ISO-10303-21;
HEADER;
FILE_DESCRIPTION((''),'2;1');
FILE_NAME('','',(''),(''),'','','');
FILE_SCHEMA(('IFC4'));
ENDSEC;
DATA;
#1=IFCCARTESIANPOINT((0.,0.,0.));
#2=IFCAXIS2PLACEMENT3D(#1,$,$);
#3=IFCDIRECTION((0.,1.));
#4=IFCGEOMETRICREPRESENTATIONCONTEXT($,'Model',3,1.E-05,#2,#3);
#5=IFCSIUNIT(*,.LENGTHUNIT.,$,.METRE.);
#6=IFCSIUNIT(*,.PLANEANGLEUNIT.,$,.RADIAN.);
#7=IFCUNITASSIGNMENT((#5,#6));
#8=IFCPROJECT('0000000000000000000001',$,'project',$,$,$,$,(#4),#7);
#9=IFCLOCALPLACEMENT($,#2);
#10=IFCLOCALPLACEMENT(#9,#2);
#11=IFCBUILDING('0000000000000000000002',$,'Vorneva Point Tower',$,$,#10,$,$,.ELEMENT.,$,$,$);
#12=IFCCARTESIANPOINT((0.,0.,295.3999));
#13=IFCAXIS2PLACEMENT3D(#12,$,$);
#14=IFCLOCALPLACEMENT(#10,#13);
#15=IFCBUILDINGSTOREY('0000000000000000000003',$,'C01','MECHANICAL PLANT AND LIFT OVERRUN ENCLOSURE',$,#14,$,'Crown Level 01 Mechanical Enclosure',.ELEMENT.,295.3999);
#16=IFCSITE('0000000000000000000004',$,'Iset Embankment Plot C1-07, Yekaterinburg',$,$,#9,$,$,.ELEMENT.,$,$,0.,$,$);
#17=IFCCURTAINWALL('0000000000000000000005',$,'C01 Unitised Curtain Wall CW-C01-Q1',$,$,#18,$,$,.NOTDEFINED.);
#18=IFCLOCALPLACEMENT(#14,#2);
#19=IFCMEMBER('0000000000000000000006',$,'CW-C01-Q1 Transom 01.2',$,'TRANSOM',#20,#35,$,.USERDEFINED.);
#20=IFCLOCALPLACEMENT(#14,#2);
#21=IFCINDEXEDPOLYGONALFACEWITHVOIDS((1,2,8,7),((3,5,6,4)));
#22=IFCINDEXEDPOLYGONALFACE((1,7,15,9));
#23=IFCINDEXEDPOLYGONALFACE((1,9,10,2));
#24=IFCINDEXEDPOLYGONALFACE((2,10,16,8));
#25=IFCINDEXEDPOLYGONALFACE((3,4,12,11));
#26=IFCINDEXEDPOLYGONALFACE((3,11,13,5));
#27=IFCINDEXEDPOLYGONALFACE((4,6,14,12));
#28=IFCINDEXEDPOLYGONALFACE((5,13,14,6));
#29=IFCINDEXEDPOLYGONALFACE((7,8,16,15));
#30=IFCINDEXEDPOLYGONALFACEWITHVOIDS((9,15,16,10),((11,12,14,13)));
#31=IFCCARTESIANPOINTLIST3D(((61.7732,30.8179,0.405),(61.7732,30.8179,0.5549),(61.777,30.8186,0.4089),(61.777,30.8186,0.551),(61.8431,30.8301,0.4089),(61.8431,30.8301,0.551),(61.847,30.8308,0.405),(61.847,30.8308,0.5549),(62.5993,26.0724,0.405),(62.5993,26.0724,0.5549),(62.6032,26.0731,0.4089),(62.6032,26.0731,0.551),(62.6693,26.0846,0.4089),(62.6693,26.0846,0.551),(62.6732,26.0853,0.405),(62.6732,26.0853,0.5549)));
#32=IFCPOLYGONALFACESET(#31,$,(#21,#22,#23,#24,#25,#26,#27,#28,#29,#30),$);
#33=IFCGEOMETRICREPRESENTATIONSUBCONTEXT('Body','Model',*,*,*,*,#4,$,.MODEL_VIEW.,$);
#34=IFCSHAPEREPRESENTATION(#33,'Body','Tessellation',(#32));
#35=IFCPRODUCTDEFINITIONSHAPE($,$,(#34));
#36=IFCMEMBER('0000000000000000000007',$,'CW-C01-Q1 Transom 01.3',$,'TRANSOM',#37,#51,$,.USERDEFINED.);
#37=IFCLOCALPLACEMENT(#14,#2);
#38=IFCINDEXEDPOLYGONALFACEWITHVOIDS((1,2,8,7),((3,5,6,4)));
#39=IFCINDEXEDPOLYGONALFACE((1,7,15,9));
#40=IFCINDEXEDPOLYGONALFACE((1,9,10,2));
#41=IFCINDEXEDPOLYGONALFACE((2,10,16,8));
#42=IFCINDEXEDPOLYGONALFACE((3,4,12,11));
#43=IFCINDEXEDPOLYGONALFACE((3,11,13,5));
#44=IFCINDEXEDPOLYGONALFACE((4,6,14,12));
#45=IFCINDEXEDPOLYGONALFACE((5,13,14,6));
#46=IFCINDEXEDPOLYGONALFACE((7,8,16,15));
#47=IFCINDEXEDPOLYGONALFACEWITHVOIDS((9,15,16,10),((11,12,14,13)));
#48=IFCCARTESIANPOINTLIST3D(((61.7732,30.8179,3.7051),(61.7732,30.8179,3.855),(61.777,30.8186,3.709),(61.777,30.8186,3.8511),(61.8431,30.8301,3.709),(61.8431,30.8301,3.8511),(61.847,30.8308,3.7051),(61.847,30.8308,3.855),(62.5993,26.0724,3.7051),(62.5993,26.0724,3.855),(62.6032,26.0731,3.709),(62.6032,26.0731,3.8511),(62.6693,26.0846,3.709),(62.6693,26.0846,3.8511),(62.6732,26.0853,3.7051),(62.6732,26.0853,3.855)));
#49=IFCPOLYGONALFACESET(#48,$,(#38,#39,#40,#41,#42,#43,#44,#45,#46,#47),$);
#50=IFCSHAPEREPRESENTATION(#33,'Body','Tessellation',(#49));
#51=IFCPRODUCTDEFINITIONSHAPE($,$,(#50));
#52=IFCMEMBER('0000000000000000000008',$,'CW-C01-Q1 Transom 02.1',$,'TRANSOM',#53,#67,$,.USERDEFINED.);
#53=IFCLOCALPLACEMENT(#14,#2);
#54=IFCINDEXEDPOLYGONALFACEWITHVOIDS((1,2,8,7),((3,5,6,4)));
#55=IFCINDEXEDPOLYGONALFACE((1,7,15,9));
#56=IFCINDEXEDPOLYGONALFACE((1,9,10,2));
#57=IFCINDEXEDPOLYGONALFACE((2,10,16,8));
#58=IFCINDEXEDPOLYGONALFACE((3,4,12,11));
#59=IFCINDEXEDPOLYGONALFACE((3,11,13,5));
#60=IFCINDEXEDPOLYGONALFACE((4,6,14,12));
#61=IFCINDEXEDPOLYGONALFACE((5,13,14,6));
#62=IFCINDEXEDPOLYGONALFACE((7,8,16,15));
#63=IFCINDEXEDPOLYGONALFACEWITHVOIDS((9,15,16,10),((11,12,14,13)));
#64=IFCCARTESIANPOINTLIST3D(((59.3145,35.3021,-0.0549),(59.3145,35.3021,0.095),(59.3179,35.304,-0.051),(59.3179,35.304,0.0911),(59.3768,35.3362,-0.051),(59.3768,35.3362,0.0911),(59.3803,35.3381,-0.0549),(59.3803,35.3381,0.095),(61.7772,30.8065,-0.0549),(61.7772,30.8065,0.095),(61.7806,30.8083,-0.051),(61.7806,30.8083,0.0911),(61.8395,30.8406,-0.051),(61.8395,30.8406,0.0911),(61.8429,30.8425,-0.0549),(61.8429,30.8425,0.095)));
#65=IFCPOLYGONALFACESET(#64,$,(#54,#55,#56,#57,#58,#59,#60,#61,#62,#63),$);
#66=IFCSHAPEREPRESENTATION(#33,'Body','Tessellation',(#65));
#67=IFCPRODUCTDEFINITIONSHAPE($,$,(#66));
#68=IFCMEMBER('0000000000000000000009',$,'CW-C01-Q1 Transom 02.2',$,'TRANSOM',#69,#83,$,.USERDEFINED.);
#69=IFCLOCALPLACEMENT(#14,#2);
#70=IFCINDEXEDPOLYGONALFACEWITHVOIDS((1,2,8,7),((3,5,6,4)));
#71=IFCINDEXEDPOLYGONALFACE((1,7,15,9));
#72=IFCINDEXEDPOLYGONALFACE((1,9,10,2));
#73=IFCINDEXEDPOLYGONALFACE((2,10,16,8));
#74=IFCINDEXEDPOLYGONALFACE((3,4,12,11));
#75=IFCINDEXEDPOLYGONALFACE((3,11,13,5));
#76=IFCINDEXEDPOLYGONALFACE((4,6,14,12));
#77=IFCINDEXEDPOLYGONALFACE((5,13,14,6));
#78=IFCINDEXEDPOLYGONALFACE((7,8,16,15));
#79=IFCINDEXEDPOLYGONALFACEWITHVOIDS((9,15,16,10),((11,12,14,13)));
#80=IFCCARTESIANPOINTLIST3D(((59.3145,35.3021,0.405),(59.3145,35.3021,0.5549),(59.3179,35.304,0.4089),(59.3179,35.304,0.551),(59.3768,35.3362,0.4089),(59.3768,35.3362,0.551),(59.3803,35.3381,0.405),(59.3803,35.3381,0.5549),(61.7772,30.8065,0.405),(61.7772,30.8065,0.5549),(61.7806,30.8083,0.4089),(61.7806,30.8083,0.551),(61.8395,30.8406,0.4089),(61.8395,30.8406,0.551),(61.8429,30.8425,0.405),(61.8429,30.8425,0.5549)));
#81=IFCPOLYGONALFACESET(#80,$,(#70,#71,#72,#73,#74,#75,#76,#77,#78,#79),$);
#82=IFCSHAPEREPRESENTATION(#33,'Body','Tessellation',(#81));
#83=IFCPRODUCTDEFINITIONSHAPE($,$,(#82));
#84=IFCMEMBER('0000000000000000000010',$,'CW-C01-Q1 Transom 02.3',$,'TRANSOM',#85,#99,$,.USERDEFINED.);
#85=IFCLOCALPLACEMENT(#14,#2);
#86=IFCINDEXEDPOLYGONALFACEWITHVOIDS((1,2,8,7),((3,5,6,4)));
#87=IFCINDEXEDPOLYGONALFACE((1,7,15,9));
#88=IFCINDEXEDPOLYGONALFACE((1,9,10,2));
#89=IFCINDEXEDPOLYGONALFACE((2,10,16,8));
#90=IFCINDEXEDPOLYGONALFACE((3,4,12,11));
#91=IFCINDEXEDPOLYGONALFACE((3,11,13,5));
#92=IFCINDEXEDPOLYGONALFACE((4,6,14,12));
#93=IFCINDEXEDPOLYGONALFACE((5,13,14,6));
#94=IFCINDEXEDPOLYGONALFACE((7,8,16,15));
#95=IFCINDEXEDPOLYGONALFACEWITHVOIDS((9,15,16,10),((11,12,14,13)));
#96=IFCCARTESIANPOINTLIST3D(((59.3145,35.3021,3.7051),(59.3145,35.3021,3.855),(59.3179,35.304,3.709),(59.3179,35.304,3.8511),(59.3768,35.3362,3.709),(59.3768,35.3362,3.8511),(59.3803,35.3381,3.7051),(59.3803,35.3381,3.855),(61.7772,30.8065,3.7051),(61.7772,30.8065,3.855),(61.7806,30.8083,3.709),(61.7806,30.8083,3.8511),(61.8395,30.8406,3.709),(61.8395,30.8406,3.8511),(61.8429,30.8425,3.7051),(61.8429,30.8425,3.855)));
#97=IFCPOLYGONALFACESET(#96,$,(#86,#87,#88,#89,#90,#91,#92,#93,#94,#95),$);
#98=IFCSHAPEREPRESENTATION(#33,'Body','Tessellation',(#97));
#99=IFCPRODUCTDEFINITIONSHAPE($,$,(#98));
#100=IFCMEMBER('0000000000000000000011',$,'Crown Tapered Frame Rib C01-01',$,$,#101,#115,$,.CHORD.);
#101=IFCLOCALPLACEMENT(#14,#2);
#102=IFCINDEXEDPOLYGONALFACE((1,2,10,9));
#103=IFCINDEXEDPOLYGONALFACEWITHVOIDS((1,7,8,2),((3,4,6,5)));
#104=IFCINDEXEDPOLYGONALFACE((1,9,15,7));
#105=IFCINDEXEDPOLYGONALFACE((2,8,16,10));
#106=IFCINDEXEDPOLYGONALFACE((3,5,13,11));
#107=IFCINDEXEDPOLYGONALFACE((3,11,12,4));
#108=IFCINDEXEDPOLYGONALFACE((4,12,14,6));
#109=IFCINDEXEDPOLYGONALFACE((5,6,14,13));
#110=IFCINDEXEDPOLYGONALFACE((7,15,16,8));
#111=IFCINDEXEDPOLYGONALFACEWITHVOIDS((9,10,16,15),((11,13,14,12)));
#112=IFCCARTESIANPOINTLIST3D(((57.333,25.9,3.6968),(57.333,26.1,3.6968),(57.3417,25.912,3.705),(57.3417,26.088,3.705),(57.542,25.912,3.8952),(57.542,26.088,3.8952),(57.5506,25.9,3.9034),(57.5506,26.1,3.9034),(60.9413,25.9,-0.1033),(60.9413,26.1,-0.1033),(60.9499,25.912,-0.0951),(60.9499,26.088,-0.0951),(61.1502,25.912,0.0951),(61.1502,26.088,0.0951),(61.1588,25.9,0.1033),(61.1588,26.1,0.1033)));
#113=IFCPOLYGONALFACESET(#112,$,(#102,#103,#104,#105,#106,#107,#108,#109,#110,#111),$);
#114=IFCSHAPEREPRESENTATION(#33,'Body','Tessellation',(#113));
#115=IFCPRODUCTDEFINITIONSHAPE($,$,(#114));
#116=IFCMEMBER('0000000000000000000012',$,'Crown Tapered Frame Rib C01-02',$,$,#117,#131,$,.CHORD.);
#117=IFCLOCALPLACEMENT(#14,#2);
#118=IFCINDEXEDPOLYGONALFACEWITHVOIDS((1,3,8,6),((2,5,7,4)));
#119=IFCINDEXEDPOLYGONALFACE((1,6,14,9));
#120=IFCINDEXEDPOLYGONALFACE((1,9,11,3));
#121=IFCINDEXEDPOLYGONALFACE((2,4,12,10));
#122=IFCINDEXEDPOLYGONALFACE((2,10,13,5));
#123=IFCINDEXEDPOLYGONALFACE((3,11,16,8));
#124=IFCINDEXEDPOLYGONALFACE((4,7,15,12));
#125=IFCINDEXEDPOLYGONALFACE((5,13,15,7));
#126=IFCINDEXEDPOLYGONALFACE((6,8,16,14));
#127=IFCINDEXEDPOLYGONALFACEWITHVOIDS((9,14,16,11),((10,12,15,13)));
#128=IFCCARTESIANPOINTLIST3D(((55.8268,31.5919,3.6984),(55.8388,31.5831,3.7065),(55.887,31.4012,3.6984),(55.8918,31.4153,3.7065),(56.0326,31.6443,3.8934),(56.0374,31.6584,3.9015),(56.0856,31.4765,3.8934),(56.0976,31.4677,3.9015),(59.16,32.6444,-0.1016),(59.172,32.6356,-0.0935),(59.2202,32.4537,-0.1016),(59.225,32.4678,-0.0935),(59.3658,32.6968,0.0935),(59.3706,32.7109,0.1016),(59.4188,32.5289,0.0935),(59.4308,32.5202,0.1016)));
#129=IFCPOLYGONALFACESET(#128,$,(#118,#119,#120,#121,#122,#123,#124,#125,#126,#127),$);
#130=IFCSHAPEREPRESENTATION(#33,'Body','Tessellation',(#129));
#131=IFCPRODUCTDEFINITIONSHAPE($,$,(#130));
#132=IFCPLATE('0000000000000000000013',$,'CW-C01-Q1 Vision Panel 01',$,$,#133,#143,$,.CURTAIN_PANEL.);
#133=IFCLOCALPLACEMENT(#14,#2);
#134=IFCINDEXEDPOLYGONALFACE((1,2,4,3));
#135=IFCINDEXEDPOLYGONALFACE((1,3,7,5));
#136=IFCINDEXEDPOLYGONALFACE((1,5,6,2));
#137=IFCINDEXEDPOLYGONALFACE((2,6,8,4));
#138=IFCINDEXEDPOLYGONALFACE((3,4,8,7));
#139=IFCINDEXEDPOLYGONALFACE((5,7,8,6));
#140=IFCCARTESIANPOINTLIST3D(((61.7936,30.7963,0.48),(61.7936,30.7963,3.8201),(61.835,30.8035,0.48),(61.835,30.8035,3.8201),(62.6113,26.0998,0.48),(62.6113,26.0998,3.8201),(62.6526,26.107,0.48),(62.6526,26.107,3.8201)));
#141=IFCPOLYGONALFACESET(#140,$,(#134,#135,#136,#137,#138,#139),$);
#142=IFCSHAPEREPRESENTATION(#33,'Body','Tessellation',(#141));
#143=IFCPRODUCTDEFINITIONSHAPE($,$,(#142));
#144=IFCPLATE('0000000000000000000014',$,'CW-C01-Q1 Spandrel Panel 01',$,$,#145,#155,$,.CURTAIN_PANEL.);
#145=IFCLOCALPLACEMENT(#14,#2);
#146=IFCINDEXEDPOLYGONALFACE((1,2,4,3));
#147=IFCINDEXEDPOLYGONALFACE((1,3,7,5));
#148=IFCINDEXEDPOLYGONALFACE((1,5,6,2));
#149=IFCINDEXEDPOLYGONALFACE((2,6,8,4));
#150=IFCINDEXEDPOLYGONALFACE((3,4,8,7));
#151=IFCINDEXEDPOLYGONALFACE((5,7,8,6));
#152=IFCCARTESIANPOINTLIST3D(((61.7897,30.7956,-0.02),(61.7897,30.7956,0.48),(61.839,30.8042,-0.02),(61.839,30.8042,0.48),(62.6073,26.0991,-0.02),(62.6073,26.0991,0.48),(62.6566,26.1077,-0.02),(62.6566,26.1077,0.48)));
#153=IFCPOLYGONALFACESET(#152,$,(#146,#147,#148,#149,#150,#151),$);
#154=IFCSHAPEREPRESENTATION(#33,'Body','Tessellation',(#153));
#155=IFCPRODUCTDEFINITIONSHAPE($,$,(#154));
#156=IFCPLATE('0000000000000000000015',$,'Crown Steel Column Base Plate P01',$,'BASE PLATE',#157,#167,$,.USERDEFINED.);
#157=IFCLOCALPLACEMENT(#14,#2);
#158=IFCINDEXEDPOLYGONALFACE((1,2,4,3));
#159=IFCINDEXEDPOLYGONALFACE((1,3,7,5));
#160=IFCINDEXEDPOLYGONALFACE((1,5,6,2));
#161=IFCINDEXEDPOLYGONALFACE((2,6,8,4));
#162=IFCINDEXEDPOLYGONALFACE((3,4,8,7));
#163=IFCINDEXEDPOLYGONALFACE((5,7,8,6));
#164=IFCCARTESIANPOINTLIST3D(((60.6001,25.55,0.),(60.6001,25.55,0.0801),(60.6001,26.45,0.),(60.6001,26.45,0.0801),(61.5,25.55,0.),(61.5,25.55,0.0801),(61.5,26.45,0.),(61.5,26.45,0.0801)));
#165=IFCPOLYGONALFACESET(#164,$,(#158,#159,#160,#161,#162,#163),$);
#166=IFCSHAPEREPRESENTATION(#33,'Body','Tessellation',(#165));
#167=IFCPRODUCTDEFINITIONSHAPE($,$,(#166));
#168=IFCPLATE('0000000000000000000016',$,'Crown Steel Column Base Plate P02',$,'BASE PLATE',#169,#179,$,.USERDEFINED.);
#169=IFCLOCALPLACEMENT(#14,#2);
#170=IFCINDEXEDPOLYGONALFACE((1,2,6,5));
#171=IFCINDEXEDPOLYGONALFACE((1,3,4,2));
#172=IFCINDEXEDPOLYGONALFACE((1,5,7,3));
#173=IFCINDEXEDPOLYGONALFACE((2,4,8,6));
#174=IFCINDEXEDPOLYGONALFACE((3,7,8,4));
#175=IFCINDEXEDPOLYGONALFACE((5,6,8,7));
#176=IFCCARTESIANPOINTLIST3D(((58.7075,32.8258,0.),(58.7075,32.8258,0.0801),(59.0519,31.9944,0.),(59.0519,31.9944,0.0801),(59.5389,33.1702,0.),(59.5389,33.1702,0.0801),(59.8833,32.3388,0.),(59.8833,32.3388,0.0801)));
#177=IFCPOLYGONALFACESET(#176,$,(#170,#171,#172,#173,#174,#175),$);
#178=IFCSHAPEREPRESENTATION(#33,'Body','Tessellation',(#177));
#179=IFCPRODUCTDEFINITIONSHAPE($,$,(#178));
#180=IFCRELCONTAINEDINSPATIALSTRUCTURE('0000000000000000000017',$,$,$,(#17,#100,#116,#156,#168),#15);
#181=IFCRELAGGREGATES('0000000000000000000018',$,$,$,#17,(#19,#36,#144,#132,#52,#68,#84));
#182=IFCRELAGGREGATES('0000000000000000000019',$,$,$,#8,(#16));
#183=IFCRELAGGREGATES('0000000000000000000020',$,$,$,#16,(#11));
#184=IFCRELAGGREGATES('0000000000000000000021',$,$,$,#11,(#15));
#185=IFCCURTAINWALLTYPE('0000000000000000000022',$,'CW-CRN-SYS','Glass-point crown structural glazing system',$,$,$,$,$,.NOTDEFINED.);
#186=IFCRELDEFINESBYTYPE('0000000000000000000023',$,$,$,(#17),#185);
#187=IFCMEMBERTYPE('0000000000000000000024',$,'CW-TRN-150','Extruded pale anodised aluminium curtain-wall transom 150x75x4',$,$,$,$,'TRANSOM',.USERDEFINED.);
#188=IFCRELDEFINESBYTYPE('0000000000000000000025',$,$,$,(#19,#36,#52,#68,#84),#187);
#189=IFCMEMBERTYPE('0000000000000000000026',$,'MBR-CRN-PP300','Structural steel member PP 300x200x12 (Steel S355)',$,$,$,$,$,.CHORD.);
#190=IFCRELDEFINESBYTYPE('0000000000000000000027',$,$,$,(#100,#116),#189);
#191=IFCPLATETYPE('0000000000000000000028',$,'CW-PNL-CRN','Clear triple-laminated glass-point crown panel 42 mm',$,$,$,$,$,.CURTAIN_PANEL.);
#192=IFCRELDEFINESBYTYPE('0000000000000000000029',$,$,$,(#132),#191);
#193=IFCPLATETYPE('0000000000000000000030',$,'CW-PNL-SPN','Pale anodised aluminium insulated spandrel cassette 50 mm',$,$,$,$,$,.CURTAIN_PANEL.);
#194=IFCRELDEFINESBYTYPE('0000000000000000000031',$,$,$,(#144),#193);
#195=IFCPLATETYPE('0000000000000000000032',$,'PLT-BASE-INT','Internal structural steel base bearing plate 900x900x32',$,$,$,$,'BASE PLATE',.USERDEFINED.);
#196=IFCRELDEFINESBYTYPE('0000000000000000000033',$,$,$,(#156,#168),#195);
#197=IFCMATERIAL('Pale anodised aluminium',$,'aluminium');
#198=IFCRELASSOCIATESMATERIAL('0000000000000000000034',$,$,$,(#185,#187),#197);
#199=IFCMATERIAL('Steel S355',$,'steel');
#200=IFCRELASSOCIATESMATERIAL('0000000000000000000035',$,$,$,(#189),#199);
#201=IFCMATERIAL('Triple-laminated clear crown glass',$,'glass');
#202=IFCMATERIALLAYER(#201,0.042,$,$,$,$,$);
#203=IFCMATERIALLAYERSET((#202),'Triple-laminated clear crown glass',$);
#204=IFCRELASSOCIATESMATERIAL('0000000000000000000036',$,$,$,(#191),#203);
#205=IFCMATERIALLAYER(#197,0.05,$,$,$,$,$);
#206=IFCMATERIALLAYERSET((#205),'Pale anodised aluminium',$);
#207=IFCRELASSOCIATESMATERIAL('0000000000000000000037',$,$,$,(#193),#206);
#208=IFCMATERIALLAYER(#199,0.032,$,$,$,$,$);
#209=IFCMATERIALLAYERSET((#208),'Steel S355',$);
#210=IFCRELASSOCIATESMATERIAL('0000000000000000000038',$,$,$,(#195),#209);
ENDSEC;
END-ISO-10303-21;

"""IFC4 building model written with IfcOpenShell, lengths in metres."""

from ifc_helpers import new_model, si_unit, direction, frame, origin, origin_2d, place, context, subcontext, project, spatial, rectangle, hollow_rectangle, extrude, material, layer, layer_set, material_profile, profile_set, type_object, element, aggregate, save


model = new_model("IFC4")

# Units and contexts
model_context = context("Model", 3, precision=1e-05, world=origin(), true_north=direction((0.0, 1.0)))
body_context = subcontext(model_context, "Body", "Model", "MODEL_VIEW")
ifc_project = project(units=[si_unit("LENGTHUNIT", "METRE"), si_unit("PLANEANGLEUNIT", "RADIAN")], contexts=[model_context])

# Site, building, storey
site_placement = place(None, origin())
site = spatial("IfcSite", under=ifc_project, at=site_placement, Name="Iset Embankment Plot C1-07, Yekaterinburg", CompositionType="ELEMENT", RefElevation=0.0)
building_placement = place(site_placement, origin())
building = spatial("IfcBuilding", under=site, at=building_placement, Name="Vorneva Point Tower", CompositionType="ELEMENT")
storey_placement = place(building_placement, frame((0.0, 0.0, 295.3999)))
storey = spatial("IfcBuildingStorey", under=building, at=storey_placement, Name="C01", Description="MECHANICAL PLANT AND LIFT OVERRUN ENCLOSURE", LongName="Crown Level 01 Mechanical Enclosure", CompositionType="ELEMENT", Elevation=295.3999)

# Shared definitions
ifc_material_1 = material(Name="Steel S355", Category="steel")

# Curtain wall, members
ifc_material_2 = material(Name="Pale anodised aluminium", Category="aluminium")
curtain_wall_type = type_object("IfcCurtainWallType", Name="CW-CRN-SYS", Description="Glass-point crown structural glazing system", PredefinedType="NOTDEFINED", material=ifc_material_2)
curtain_wall_placement = place(storey_placement, origin())
curtain_wall = element("IfcCurtainWall", 1, at=curtain_wall_placement, inside=storey, type_object=curtain_wall_type, Name="C01 Unitised Curtain Wall CW-C01-Q1", PredefinedType="NOTDEFINED")
ifc_material_profile_1 = material_profile(ifc_material_2, hollow_rectangle(XDim=0.075, YDim=0.1499, WallThickness=0.0039, at=origin_2d()), Name="AL-TRN 150x75x4")
ifc_profile_set_1 = profile_set([ifc_material_profile_1], Name="Pale anodised aluminium")
member_type_1 = type_object("IfcMemberType", Name="CW-TRN-150", Description="Extruded pale anodised aluminium curtain-wall transom 150x75x4", ElementType="TRANSOM", PredefinedType="USERDEFINED", material=ifc_profile_set_1)
member_1_placement = place(storey_placement, frame((62.6362, 26.0789, 0.48), z_axis=(-0.171512, 0.985182, 0.0), x_axis=(-0.985182, -0.171512, 0.0)))
member_1 = element("IfcMember", 2, at=member_1_placement, type_object=member_type_1, Name="CW-C01-Q1 Transom 01.2", ObjectType="TRANSOM", PredefinedType="USERDEFINED", context=body_context, shape_type="SweptSolid", body=[
    extrude(hollow_rectangle(XDim=0.075, YDim=0.1499, WallThickness=0.0039, at=origin_2d()), origin(), (0.0, 0.0, 1.0), 4.8169),
])
member_2_placement = place(storey_placement, frame((62.6362, 26.0789, 3.78), z_axis=(-0.171512, 0.985182, 0.0), x_axis=(-0.985182, -0.171512, 0.0)))
member_2 = element("IfcMember", 3, at=member_2_placement, type_object=member_type_1, Name="CW-C01-Q1 Transom 01.3", ObjectType="TRANSOM", PredefinedType="USERDEFINED", context=body_context, shape_type="SweptSolid", body=[
    extrude(hollow_rectangle(XDim=0.075, YDim=0.1499, WallThickness=0.0039, at=origin_2d()), origin(), (0.0, 0.0, 1.0), 4.8169),
])
member_3_placement = place(storey_placement, frame((61.8101, 30.8245, 0.02), z_axis=(-0.48043, 0.877033, 0.0), x_axis=(-0.877033, -0.48043, 0.0)))
member_3 = element("IfcMember", 4, at=member_3_placement, type_object=member_type_1, Name="CW-C01-Q1 Transom 02.1", ObjectType="TRANSOM", PredefinedType="USERDEFINED", context=body_context, shape_type="SweptSolid", body=[
    extrude(hollow_rectangle(XDim=0.075, YDim=0.1499, WallThickness=0.0039, at=origin_2d()), origin(), (0.0, 0.0, 1.0), 5.126),
])
member_4_placement = place(storey_placement, frame((61.8101, 30.8245, 0.48), z_axis=(-0.48043, 0.877033, 0.0), x_axis=(-0.877033, -0.48043, 0.0)))
member_4 = element("IfcMember", 5, at=member_4_placement, type_object=member_type_1, Name="CW-C01-Q1 Transom 02.2", ObjectType="TRANSOM", PredefinedType="USERDEFINED", context=body_context, shape_type="SweptSolid", body=[
    extrude(hollow_rectangle(XDim=0.075, YDim=0.1499, WallThickness=0.0039, at=origin_2d()), origin(), (0.0, 0.0, 1.0), 5.126),
])
member_5_placement = place(storey_placement, frame((61.8101, 30.8245, 3.78), z_axis=(-0.48043, 0.877033, 0.0), x_axis=(-0.877033, -0.48043, 0.0)))
member_5 = element("IfcMember", 6, at=member_5_placement, type_object=member_type_1, Name="CW-C01-Q1 Transom 02.3", ObjectType="TRANSOM", PredefinedType="USERDEFINED", context=body_context, shape_type="SweptSolid", body=[
    extrude(hollow_rectangle(XDim=0.075, YDim=0.1499, WallThickness=0.0039, at=origin_2d()), origin(), (0.0, 0.0, 1.0), 5.126),
])

# Members
ifc_material_profile_2 = material_profile(ifc_material_1, hollow_rectangle(XDim=0.2, YDim=0.3, WallThickness=0.012, at=origin_2d()), Name="PP 300x200x12")
ifc_profile_set_2 = profile_set([ifc_material_profile_2], Name="Steel S355")
member_type_2 = type_object("IfcMemberType", Name="MBR-CRN-PP300", Description="Structural steel member PP 300x200x12 (Steel S355)", PredefinedType="CHORD", material=ifc_profile_set_2)
member_6_placement = place(storey_placement, frame((61.05, 26.0, 0.0), z_axis=(-0.68856, 0.0, 0.72518), x_axis=(0.0, -1.0, 0.0)))
element("IfcMember", 7, at=member_6_placement, inside=storey, type_object=member_type_2, Name="Crown Tapered Frame Rib C01-01", PredefinedType="CHORD", context=body_context, shape_type="SweptSolid", body=[
    extrude(hollow_rectangle(XDim=0.2, YDim=0.3, WallThickness=0.012, at=origin_2d()), origin(), (0.0, 0.0, 1.0), 5.2402),
])
member_7_placement = place(storey_placement, frame((59.2954, 32.5823, 0.0), z_axis=(-0.645578, -0.203844, 0.735987), x_axis=(0.301101, -0.953592, 0.0)))
element("IfcMember", 8, at=member_7_placement, inside=storey, type_object=member_type_2, Name="Crown Tapered Frame Rib C01-02", PredefinedType="CHORD", context=body_context, shape_type="SweptSolid", body=[
    extrude(hollow_rectangle(XDim=0.2, YDim=0.3, WallThickness=0.012, at=origin_2d()), origin(), (0.0, 0.0, 1.0), 5.1631),
])

# Plates
ifc_material_3 = material(Name="Triple-laminated clear crown glass", Category="glass")
ifc_layer_1 = layer(ifc_material_3, 0.042)
ifc_layer_set_1 = layer_set([ifc_layer_1], Name="Triple-laminated clear crown glass")
plate_type_1 = type_object("IfcPlateType", Name="CW-PNL-CRN", Description="Clear triple-laminated glass-point crown panel 42 mm", PredefinedType="CURTAIN_PANEL", material=ifc_layer_set_1)
plate_1_placement = place(storey_placement, frame((62.2231, 28.4517, 0.48), z_axis=(0.0, 0.0, 1.0), x_axis=(-0.171516, 0.985181, 0.0)))
plate_1 = element("IfcPlate", 9, at=plate_1_placement, type_object=plate_type_1, Name="CW-C01-Q1 Vision Panel 01", PredefinedType="CURTAIN_PANEL", context=body_context, shape_type="SweptSolid", body=[
    extrude(rectangle(XDim=4.7671, YDim=0.042, at=origin_2d()), origin(), (0.0, 0.0, 1.0), 3.3401),
])
ifc_layer_2 = layer(ifc_material_2, 0.05)
ifc_layer_set_2 = layer_set([ifc_layer_2], Name="Pale anodised aluminium")
plate_type_2 = type_object("IfcPlateType", Name="CW-PNL-SPN", Description="Pale anodised aluminium insulated spandrel cassette 50 mm", PredefinedType="CURTAIN_PANEL", material=ifc_layer_set_2)
plate_2_placement = place(storey_placement, frame((62.2231, 28.4517, -0.02), z_axis=(0.0, 0.0, 1.0), x_axis=(-0.171516, 0.985181, 0.0)))
plate_2 = element("IfcPlate", 10, at=plate_2_placement, type_object=plate_type_2, Name="CW-C01-Q1 Spandrel Panel 01", PredefinedType="CURTAIN_PANEL", context=body_context, shape_type="SweptSolid", body=[
    extrude(rectangle(XDim=4.7671, YDim=0.05, at=origin_2d()), origin(), (0.0, 0.0, 1.0), 0.5),
])
aggregate(curtain_wall, [member_1, member_2, plate_2, plate_1, member_3, member_4, member_5])

# Plates
ifc_layer_3 = layer(ifc_material_1, 0.032)
ifc_layer_set_3 = layer_set([ifc_layer_3], Name="Steel S355")
plate_type_3 = type_object("IfcPlateType", Name="PLT-BASE-INT", Description="Internal structural steel base bearing plate 900x900x32", ElementType="BASE PLATE", PredefinedType="USERDEFINED", material=ifc_layer_set_3)
for number, where, z_axis, x_axis, name in (
    (11, (61.05, 26.0, 0.0), (0.0, 0.0, 1.0), (1.0, 0.0, 0.0), "Crown Steel Column Base Plate P01"),
    (12, (59.2954, 32.5823, 0.0), (0.0, 0.0, 1.0), (0.92388, 0.382683, 0.0), "Crown Steel Column Base Plate P02"),
):
    element("IfcPlate", number, at=place(storey_placement, frame(where, z_axis=z_axis, x_axis=x_axis)), inside=storey, type_object=plate_type_3, Name=name, ObjectType="BASE PLATE", PredefinedType="USERDEFINED", context=body_context, shape_type="SweptSolid", body=[
        extrude(rectangle(XDim=0.8999, YDim=0.8999, at=origin_2d()), origin(), (0.0, 0.0, 1.0), 0.0801),
    ])

save(model, "model.ifc")
